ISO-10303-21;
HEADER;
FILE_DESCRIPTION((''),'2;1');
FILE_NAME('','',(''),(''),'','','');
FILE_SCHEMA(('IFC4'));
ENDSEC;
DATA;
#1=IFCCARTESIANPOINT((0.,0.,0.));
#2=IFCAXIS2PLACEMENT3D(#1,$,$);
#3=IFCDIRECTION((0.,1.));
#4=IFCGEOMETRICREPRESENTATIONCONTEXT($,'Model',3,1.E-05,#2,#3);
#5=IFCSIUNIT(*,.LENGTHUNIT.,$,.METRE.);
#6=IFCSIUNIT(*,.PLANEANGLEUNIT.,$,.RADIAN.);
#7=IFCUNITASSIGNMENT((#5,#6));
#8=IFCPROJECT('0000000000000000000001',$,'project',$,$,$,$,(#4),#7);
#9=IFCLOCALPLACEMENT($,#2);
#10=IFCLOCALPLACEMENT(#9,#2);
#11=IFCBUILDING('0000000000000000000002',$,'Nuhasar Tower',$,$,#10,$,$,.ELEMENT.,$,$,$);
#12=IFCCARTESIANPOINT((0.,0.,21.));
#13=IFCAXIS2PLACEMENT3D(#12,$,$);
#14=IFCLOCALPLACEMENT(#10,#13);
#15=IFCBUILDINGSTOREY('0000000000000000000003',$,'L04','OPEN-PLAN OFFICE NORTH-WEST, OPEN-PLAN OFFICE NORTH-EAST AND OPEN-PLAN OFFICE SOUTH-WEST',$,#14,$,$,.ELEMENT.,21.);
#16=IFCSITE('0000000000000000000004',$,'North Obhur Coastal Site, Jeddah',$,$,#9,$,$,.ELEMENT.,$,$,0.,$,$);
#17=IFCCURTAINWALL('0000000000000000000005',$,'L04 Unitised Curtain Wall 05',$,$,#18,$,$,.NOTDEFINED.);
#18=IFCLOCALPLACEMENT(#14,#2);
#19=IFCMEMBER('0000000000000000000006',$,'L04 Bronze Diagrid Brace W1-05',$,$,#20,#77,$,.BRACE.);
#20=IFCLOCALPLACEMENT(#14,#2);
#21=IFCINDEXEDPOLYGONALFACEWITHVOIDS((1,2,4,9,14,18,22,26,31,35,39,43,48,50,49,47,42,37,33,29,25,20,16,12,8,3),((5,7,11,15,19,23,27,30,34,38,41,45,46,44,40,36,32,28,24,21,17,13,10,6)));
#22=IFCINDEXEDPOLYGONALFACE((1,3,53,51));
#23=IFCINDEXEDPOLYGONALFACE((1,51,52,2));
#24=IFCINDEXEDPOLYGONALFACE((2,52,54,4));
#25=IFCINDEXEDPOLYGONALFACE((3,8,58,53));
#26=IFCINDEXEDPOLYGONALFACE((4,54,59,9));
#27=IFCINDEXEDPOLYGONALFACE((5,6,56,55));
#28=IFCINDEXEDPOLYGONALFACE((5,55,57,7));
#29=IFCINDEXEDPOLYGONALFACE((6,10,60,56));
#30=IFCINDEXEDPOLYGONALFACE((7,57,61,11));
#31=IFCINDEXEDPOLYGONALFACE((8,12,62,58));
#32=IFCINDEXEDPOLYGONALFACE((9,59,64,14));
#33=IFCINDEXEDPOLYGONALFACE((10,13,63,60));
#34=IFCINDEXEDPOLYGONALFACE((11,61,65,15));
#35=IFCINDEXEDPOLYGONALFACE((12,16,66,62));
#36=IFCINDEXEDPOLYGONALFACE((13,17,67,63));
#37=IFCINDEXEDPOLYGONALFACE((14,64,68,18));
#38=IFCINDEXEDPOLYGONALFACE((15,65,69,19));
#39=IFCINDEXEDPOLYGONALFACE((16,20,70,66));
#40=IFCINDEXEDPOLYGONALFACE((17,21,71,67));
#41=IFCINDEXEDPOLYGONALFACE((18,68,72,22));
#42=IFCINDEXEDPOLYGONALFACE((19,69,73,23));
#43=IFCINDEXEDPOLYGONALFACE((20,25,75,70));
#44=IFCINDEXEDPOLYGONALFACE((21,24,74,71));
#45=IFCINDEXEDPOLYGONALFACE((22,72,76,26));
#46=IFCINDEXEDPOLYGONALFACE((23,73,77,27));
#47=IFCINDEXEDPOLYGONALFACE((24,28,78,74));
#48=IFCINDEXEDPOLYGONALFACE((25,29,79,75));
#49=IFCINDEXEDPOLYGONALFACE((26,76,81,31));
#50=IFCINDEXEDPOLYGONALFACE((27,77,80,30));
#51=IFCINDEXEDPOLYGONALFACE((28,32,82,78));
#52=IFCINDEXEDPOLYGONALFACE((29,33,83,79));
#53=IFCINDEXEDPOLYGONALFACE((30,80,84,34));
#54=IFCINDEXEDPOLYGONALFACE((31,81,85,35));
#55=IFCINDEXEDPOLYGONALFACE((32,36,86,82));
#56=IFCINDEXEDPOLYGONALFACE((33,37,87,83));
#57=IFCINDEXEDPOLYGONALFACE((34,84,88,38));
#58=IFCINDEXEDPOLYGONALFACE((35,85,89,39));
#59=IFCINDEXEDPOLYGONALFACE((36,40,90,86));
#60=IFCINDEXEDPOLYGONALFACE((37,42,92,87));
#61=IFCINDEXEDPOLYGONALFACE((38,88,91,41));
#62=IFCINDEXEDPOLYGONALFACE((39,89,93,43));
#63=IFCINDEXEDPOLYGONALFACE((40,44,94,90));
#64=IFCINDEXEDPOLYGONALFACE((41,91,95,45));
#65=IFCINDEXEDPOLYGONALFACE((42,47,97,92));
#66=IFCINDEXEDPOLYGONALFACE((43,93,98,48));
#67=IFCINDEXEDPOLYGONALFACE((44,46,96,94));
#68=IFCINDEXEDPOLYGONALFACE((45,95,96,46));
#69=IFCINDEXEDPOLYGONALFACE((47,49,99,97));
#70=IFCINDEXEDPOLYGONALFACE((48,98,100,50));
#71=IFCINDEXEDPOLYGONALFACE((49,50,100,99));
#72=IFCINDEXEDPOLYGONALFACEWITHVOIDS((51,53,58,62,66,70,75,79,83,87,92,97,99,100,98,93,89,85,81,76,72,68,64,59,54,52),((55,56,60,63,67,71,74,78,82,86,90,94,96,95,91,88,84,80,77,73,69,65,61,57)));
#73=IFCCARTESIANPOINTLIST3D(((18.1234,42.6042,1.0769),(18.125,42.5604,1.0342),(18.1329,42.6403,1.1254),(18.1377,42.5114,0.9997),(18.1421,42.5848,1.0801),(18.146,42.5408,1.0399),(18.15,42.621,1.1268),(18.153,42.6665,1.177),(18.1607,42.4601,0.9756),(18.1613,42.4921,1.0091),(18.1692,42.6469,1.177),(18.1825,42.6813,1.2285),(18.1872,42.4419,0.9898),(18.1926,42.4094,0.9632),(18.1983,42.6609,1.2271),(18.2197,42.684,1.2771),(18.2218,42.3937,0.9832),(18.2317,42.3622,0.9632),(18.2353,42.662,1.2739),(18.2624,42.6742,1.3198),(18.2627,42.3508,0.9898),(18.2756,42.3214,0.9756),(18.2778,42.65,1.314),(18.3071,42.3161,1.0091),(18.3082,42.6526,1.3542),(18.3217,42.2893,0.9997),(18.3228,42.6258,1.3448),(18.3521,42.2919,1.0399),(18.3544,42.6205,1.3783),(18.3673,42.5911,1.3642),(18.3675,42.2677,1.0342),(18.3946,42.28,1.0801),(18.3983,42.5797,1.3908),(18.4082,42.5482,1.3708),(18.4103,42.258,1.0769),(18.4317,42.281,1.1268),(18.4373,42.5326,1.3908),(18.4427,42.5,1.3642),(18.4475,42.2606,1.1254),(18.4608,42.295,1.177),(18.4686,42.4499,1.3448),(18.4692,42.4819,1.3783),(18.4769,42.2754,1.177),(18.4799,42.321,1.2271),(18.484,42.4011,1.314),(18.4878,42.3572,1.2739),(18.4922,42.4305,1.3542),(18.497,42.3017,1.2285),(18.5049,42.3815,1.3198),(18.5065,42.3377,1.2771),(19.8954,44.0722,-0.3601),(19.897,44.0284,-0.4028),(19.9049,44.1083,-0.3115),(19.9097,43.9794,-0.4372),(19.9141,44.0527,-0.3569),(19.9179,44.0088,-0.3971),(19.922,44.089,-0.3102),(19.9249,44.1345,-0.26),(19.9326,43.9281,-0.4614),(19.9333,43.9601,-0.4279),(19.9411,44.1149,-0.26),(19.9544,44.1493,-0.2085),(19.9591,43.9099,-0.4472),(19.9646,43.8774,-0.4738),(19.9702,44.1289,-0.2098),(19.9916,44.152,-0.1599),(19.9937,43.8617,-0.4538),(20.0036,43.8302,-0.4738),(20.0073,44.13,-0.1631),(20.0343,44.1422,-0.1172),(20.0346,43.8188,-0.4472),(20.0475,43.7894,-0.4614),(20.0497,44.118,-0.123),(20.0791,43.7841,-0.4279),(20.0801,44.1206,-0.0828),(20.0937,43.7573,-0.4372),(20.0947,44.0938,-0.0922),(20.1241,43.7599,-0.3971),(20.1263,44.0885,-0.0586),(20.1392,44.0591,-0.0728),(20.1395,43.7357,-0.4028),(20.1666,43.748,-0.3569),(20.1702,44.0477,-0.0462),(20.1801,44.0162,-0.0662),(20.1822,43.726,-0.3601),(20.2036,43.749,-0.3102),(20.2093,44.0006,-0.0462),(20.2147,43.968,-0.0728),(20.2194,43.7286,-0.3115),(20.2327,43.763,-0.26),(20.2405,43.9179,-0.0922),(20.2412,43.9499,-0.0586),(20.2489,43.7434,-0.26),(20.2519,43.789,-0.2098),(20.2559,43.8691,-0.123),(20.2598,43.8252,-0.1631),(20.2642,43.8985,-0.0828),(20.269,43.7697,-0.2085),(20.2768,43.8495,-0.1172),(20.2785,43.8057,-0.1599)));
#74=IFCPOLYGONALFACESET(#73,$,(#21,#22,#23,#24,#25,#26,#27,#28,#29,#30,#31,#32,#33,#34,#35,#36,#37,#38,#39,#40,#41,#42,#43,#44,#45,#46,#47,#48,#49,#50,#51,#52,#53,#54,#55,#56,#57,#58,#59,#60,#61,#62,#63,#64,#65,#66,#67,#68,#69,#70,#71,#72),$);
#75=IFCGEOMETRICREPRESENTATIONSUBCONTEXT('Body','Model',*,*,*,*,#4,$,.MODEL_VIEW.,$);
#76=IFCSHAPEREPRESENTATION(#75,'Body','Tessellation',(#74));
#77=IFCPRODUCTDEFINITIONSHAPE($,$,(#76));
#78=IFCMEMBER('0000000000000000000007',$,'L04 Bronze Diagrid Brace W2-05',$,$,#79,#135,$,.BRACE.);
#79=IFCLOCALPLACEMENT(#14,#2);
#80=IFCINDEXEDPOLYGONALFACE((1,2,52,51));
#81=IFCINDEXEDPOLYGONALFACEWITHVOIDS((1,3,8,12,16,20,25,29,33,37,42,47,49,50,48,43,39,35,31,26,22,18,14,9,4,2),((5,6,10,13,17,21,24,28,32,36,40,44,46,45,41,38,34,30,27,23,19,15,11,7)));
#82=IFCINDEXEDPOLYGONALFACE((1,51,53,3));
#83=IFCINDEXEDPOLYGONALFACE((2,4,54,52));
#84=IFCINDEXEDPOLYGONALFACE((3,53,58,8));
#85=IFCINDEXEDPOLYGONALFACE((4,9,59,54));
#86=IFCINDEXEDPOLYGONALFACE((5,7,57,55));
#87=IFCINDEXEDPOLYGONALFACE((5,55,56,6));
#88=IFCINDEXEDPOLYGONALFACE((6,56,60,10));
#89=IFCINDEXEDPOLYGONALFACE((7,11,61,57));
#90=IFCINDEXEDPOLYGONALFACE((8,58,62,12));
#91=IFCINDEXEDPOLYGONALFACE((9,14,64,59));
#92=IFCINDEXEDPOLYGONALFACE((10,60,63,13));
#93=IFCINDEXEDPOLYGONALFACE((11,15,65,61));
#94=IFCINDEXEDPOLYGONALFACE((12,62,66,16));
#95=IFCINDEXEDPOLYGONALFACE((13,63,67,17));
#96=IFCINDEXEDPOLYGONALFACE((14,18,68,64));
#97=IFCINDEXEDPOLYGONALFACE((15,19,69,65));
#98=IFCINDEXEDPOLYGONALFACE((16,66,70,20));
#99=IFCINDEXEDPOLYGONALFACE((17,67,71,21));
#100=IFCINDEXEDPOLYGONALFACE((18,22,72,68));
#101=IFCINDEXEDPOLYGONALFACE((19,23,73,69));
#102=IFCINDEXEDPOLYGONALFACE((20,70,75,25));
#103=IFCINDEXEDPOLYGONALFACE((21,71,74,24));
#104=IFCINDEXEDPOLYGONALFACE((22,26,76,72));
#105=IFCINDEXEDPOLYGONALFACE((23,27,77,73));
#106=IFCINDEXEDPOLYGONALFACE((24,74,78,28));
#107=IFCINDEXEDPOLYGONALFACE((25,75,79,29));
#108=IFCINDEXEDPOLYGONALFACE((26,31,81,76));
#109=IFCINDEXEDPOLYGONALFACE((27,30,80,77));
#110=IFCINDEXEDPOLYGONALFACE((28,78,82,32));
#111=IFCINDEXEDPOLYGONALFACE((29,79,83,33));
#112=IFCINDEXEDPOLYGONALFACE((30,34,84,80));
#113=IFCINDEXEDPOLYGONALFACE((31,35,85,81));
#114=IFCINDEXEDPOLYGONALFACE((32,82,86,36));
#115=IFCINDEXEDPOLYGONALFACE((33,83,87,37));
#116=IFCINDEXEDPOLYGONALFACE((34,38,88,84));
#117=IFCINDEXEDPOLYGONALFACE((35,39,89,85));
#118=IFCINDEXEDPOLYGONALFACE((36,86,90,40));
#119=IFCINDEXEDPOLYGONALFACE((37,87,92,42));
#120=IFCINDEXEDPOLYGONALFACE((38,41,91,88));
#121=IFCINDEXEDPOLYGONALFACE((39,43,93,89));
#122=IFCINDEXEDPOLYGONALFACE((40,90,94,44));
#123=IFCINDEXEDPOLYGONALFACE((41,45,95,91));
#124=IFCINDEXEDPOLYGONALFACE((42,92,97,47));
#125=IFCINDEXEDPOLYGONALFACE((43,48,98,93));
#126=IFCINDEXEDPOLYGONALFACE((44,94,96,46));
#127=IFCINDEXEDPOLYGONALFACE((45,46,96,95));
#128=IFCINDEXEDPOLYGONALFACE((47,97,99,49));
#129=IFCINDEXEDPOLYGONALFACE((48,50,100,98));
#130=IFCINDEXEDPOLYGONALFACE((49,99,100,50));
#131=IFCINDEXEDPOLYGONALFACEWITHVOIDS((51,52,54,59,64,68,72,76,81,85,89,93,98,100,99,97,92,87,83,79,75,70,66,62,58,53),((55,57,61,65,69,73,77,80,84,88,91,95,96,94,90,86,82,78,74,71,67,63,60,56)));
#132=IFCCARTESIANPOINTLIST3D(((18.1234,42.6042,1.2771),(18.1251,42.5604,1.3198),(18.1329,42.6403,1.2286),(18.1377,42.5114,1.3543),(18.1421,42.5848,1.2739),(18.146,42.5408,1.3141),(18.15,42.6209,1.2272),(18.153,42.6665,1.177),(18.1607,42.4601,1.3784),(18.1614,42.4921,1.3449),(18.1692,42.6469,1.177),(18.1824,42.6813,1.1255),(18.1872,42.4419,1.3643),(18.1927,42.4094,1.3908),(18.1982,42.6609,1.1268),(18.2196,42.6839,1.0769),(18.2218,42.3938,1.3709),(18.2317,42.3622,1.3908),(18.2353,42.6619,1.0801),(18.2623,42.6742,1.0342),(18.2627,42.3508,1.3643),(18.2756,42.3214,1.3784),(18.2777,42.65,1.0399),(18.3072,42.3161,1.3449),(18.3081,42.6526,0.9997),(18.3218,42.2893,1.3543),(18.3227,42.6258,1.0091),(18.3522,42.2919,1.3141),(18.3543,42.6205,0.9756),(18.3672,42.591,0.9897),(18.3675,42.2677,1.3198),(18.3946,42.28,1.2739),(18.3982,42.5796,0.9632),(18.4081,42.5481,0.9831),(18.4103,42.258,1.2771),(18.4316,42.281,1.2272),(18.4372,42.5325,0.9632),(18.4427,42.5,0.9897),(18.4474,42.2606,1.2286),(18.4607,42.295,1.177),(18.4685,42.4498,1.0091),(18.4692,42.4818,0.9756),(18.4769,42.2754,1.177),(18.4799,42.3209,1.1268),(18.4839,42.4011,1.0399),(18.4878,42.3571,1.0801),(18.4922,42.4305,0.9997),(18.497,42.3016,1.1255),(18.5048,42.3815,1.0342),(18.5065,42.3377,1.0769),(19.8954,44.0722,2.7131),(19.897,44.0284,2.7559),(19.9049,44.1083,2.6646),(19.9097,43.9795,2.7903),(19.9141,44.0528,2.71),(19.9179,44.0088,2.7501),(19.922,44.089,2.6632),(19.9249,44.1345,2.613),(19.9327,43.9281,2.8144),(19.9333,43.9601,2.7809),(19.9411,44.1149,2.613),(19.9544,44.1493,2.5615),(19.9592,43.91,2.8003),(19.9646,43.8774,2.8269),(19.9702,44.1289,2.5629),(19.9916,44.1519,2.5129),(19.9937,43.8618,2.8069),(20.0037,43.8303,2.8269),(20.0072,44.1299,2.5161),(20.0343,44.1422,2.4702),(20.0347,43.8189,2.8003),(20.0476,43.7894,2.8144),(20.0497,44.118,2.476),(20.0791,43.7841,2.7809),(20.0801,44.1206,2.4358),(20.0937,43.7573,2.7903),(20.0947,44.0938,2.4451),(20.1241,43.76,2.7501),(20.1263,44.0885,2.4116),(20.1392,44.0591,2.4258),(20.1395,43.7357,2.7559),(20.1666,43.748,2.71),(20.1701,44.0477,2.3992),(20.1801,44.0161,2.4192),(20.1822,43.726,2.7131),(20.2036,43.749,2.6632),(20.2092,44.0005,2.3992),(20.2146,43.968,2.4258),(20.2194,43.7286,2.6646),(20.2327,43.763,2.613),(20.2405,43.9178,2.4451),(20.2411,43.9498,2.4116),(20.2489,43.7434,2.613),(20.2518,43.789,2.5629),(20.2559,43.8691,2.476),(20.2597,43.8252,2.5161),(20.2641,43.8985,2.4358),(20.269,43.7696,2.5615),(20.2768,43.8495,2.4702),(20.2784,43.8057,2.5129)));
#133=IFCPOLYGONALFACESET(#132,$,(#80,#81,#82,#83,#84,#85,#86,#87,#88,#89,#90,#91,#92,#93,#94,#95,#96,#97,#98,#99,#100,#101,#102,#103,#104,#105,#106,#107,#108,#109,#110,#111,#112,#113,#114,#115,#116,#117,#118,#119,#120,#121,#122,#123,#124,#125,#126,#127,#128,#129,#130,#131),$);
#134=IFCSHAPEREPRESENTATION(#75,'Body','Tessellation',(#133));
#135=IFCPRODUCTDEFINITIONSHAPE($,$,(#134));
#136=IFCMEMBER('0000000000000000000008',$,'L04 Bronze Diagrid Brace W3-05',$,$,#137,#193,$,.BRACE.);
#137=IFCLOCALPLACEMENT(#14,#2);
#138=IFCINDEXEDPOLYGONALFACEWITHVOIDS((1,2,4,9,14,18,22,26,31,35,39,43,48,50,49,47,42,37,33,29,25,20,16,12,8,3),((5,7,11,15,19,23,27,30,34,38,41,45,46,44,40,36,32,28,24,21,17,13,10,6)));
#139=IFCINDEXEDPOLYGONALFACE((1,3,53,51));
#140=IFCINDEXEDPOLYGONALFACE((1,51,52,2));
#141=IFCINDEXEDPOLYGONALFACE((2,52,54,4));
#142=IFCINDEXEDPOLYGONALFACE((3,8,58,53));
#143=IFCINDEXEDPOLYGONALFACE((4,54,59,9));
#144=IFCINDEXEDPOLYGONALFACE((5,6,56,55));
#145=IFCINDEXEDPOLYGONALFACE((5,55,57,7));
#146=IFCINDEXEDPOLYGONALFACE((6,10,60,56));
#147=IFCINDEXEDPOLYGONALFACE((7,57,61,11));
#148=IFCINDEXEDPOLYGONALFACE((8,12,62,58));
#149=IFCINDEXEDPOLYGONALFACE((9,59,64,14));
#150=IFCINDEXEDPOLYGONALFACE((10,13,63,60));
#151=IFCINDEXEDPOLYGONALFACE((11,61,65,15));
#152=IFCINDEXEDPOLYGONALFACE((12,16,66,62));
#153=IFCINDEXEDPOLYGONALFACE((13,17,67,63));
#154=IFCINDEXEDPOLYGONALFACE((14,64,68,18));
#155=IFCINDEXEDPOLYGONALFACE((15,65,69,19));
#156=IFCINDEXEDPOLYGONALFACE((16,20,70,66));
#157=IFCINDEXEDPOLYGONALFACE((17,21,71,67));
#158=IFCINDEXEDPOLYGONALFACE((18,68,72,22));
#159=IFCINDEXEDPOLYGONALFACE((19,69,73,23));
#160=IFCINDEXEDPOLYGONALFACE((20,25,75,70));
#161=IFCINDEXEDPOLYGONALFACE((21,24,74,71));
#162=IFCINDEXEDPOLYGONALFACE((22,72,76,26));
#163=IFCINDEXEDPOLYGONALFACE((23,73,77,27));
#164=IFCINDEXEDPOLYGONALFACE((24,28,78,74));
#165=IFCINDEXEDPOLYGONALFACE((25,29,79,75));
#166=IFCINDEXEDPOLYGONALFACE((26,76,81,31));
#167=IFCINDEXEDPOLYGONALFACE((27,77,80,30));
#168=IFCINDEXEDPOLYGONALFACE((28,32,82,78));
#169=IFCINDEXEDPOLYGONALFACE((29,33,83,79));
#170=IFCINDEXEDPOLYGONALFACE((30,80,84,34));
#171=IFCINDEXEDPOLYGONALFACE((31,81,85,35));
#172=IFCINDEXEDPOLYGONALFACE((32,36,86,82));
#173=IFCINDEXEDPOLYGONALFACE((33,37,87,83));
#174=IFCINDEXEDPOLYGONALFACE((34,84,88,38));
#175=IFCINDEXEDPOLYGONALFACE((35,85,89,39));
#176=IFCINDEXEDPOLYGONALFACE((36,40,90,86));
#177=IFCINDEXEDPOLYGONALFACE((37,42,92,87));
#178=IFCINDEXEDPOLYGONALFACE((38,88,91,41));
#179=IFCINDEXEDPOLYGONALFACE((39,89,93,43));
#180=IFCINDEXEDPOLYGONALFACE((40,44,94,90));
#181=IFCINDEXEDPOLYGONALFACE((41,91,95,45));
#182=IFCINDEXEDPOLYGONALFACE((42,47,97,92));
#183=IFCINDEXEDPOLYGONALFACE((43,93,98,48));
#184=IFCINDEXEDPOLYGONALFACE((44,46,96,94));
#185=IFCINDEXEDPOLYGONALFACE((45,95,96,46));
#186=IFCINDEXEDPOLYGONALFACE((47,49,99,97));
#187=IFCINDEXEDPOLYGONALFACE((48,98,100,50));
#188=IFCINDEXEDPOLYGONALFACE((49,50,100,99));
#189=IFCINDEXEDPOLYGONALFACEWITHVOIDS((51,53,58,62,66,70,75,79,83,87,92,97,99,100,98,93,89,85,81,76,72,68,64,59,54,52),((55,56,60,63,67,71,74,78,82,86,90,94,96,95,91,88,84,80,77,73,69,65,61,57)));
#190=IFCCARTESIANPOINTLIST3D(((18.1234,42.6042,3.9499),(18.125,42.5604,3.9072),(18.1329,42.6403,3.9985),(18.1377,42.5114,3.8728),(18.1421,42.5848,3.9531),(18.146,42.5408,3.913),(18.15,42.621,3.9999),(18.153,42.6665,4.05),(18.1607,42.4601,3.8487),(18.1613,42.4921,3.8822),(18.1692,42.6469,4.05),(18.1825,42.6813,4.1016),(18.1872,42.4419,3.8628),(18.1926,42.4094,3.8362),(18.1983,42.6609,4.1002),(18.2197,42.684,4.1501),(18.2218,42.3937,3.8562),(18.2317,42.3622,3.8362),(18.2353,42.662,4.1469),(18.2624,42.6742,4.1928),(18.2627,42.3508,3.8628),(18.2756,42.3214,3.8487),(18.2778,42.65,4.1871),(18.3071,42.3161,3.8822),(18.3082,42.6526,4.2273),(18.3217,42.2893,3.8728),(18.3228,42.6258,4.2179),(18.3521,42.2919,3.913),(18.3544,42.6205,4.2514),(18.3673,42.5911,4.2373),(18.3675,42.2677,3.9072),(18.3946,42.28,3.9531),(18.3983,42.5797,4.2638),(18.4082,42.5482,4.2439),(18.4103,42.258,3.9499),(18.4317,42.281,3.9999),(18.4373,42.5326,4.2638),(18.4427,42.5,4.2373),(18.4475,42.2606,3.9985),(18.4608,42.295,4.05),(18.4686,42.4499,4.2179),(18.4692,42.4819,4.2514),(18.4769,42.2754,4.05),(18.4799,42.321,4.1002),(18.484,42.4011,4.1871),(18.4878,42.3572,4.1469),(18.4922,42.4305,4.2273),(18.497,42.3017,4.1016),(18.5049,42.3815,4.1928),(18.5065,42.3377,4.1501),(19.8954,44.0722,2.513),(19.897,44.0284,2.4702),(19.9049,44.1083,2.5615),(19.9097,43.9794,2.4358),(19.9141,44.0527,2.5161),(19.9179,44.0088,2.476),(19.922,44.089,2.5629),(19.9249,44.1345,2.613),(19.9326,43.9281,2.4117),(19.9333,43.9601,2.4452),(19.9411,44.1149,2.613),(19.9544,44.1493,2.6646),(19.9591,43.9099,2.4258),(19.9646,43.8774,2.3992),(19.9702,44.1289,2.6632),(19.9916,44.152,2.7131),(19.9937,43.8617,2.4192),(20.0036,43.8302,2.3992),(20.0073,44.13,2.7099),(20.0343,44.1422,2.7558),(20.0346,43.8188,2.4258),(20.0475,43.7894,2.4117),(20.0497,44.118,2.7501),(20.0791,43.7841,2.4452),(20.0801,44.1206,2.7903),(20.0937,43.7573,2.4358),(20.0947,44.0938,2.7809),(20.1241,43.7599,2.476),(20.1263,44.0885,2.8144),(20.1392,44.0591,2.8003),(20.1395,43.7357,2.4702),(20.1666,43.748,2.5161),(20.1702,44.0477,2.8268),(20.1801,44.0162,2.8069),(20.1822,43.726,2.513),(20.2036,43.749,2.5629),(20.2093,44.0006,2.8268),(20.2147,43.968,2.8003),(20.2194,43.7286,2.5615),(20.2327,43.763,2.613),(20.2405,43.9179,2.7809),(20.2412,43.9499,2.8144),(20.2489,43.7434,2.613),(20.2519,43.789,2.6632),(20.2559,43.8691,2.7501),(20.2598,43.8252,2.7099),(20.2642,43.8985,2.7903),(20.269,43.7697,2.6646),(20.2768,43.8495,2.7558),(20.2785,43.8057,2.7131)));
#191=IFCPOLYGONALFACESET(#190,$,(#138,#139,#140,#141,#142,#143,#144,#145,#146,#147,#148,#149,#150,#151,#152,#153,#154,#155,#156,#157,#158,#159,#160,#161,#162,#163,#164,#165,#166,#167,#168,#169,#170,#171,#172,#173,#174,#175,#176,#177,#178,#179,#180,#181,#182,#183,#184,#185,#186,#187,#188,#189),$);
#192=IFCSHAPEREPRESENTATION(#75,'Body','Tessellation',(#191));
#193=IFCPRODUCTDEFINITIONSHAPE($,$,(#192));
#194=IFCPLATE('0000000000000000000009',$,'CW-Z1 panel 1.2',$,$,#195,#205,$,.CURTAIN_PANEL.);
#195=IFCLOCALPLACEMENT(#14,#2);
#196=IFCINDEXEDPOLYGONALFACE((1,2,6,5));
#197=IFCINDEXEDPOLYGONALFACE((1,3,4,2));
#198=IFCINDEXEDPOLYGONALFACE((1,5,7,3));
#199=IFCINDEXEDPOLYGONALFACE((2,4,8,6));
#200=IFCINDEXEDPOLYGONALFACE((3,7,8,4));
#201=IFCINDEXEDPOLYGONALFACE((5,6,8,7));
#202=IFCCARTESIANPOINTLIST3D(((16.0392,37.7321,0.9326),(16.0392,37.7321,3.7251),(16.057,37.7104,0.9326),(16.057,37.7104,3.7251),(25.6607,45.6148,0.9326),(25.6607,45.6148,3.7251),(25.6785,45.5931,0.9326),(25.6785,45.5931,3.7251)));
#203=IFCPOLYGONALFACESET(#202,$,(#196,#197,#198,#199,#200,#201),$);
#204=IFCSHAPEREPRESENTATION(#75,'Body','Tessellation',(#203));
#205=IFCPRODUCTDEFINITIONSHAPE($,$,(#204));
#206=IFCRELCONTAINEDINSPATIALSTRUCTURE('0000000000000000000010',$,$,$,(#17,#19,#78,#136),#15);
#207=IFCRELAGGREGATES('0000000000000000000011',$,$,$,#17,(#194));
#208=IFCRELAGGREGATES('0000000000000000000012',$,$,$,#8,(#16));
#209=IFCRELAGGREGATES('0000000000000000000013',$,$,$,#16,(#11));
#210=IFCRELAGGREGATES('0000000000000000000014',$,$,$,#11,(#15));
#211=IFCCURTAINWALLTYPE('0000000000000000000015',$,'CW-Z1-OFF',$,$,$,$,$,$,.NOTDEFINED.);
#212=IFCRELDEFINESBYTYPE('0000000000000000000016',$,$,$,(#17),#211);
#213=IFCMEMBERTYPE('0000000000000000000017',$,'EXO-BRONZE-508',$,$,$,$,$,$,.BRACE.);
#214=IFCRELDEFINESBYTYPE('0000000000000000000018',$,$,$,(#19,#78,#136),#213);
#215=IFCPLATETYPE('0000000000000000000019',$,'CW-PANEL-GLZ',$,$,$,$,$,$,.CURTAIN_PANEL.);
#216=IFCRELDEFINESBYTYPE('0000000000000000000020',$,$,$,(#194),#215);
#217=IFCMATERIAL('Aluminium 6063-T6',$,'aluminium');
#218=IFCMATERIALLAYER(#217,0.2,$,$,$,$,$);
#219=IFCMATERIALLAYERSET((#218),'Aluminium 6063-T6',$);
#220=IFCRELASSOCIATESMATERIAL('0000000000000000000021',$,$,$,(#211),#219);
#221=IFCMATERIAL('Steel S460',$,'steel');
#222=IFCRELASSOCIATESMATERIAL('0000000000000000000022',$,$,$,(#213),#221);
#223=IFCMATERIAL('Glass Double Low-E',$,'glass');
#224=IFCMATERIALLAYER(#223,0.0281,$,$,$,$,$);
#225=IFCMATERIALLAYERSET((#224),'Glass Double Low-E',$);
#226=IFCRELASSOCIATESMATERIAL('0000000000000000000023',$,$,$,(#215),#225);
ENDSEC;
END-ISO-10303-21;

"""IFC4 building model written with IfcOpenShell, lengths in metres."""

from ifc_helpers import new_model, si_unit, direction, frame, origin, origin_2d, place, context, subcontext, project, spatial, rectangle, hollow_circle, extrude, material, layer, layer_set, material_profile, profile_set, type_object, element, aggregate, save


model = new_model("IFC4")

# Units and contexts
model_context = context("Model", 3, precision=1e-05, world=origin(), true_north=direction((0.0, 1.0)))
body_context = subcontext(model_context, "Body", "Model", "MODEL_VIEW")
ifc_project = project(units=[si_unit("LENGTHUNIT", "METRE"), si_unit("PLANEANGLEUNIT", "RADIAN")], contexts=[model_context])

# Site, building, storey
site_placement = place(None, origin())
site = spatial("IfcSite", under=ifc_project, at=site_placement, Name="North Obhur Coastal Site, Jeddah", CompositionType="ELEMENT", RefElevation=0.0)
building_placement = place(site_placement, origin())
building = spatial("IfcBuilding", under=site, at=building_placement, Name="Nuhasar Tower", CompositionType="ELEMENT")
storey_placement = place(building_placement, frame((0.0, 0.0, 21.0)))
storey = spatial("IfcBuildingStorey", under=building, at=storey_placement, Name="L04", Description="OPEN-PLAN OFFICE NORTH-WEST, OPEN-PLAN OFFICE NORTH-EAST AND OPEN-PLAN OFFICE SOUTH-WEST", CompositionType="ELEMENT", Elevation=21.0)

# Shared definitions
ifc_material_1 = material(Name="Steel S460", Category="steel")

# Shared definitions
ifc_material_2 = material(Name="Aluminium 6063-T6", Category="aluminium")
ifc_layer_1 = layer(ifc_material_2, 0.2)
ifc_layer_set_1 = layer_set([ifc_layer_1], Name="Aluminium 6063-T6")
curtain_wall_type = type_object("IfcCurtainWallType", Name="CW-Z1-OFF", PredefinedType="NOTDEFINED", material=ifc_layer_set_1)

# Curtain wall
curtain_wall_1_placement = place(storey_placement, origin())
curtain_wall_1 = element("IfcCurtainWall", 1, at=curtain_wall_1_placement, inside=storey, type_object=curtain_wall_type, Name="L04 Unitised Curtain Wall 05", PredefinedType="NOTDEFINED")

# Members
ifc_material_profile_1 = material_profile(ifc_material_1, hollow_circle(Radius=0.2539, WallThickness=0.0254, at=origin_2d()), Name="HSS508X25.4")
ifc_profile_set_1 = profile_set([ifc_material_profile_1], Name="Steel S460")
member_type_1 = type_object("IfcMemberType", Name="EXO-BRONZE-508", PredefinedType="BRACE", material=ifc_profile_set_1)
member_1_placement = place(storey_placement, frame((20.0869, 43.939, -0.26), z_axis=(-0.653159, -0.54112, 0.529691), x_axis=(0.637969, -0.770062, 0.0)))
element("IfcMember", 2, at=member_1_placement, inside=storey, type_object=member_type_1, Name="L04 Bronze Diagrid Brace W1-05", PredefinedType="BRACE", context=body_context, shape_type="SweptSolid", body=[
    extrude(hollow_circle(Radius=0.2539, WallThickness=0.0254, at=origin_2d()), origin(), (0.0, 0.0, 1.0), 2.7129),
])
member_2_placement = place(storey_placement, frame((18.3149, 42.4709, 1.177), z_axis=(0.653284, 0.541223, 0.529432), x_axis=(-0.637969, 0.770062, 0.0)))
element("IfcMember", 3, at=member_2_placement, inside=storey, type_object=member_type_1, Name="L04 Bronze Diagrid Brace W2-05", PredefinedType="BRACE", context=body_context, shape_type="SweptSolid", body=[
    extrude(hollow_circle(Radius=0.2539, WallThickness=0.0254, at=origin_2d()), origin(), (0.0, 0.0, 1.0), 2.7124),
])
member_3_placement = place(storey_placement, frame((20.0869, 43.939, 2.613), z_axis=(-0.653159, -0.54112, 0.529691), x_axis=(0.637969, -0.770062, 0.0)))
element("IfcMember", 4, at=member_3_placement, inside=storey, type_object=member_type_1, Name="L04 Bronze Diagrid Brace W3-05", PredefinedType="BRACE", context=body_context, shape_type="SweptSolid", body=[
    extrude(hollow_circle(Radius=0.2539, WallThickness=0.0254, at=origin_2d()), origin(), (0.0, 0.0, 1.0), 2.7129),
])

# Plate
ifc_material_3 = material(Name="Glass Double Low-E", Category="glass")
ifc_layer_2 = layer(ifc_material_3, 0.0281)
ifc_layer_set_2 = layer_set([ifc_layer_2], Name="Glass Double Low-E")
plate_type_1 = type_object("IfcPlateType", Name="CW-PANEL-GLZ", PredefinedType="CURTAIN_PANEL", material=ifc_layer_set_2)
plate_1_placement = place(storey_placement, frame((20.8589, 41.6626, 0.9326), z_axis=(0.0, 0.0, 1.0), x_axis=(-0.773542, -0.633745, 0.0)))
plate_1 = element("IfcPlate", 5, at=plate_1_placement, type_object=plate_type_1, Name="CW-Z1 panel 1.2", PredefinedType="CURTAIN_PANEL", context=body_context, shape_type="SweptSolid", body=[
    extrude(rectangle(XDim=12.4382, YDim=0.0281, at=origin_2d()), origin(), (0.0, 0.0, 1.0), 2.7925),
])
aggregate(curtain_wall_1, [plate_1])

save(model, "model.ifc")
